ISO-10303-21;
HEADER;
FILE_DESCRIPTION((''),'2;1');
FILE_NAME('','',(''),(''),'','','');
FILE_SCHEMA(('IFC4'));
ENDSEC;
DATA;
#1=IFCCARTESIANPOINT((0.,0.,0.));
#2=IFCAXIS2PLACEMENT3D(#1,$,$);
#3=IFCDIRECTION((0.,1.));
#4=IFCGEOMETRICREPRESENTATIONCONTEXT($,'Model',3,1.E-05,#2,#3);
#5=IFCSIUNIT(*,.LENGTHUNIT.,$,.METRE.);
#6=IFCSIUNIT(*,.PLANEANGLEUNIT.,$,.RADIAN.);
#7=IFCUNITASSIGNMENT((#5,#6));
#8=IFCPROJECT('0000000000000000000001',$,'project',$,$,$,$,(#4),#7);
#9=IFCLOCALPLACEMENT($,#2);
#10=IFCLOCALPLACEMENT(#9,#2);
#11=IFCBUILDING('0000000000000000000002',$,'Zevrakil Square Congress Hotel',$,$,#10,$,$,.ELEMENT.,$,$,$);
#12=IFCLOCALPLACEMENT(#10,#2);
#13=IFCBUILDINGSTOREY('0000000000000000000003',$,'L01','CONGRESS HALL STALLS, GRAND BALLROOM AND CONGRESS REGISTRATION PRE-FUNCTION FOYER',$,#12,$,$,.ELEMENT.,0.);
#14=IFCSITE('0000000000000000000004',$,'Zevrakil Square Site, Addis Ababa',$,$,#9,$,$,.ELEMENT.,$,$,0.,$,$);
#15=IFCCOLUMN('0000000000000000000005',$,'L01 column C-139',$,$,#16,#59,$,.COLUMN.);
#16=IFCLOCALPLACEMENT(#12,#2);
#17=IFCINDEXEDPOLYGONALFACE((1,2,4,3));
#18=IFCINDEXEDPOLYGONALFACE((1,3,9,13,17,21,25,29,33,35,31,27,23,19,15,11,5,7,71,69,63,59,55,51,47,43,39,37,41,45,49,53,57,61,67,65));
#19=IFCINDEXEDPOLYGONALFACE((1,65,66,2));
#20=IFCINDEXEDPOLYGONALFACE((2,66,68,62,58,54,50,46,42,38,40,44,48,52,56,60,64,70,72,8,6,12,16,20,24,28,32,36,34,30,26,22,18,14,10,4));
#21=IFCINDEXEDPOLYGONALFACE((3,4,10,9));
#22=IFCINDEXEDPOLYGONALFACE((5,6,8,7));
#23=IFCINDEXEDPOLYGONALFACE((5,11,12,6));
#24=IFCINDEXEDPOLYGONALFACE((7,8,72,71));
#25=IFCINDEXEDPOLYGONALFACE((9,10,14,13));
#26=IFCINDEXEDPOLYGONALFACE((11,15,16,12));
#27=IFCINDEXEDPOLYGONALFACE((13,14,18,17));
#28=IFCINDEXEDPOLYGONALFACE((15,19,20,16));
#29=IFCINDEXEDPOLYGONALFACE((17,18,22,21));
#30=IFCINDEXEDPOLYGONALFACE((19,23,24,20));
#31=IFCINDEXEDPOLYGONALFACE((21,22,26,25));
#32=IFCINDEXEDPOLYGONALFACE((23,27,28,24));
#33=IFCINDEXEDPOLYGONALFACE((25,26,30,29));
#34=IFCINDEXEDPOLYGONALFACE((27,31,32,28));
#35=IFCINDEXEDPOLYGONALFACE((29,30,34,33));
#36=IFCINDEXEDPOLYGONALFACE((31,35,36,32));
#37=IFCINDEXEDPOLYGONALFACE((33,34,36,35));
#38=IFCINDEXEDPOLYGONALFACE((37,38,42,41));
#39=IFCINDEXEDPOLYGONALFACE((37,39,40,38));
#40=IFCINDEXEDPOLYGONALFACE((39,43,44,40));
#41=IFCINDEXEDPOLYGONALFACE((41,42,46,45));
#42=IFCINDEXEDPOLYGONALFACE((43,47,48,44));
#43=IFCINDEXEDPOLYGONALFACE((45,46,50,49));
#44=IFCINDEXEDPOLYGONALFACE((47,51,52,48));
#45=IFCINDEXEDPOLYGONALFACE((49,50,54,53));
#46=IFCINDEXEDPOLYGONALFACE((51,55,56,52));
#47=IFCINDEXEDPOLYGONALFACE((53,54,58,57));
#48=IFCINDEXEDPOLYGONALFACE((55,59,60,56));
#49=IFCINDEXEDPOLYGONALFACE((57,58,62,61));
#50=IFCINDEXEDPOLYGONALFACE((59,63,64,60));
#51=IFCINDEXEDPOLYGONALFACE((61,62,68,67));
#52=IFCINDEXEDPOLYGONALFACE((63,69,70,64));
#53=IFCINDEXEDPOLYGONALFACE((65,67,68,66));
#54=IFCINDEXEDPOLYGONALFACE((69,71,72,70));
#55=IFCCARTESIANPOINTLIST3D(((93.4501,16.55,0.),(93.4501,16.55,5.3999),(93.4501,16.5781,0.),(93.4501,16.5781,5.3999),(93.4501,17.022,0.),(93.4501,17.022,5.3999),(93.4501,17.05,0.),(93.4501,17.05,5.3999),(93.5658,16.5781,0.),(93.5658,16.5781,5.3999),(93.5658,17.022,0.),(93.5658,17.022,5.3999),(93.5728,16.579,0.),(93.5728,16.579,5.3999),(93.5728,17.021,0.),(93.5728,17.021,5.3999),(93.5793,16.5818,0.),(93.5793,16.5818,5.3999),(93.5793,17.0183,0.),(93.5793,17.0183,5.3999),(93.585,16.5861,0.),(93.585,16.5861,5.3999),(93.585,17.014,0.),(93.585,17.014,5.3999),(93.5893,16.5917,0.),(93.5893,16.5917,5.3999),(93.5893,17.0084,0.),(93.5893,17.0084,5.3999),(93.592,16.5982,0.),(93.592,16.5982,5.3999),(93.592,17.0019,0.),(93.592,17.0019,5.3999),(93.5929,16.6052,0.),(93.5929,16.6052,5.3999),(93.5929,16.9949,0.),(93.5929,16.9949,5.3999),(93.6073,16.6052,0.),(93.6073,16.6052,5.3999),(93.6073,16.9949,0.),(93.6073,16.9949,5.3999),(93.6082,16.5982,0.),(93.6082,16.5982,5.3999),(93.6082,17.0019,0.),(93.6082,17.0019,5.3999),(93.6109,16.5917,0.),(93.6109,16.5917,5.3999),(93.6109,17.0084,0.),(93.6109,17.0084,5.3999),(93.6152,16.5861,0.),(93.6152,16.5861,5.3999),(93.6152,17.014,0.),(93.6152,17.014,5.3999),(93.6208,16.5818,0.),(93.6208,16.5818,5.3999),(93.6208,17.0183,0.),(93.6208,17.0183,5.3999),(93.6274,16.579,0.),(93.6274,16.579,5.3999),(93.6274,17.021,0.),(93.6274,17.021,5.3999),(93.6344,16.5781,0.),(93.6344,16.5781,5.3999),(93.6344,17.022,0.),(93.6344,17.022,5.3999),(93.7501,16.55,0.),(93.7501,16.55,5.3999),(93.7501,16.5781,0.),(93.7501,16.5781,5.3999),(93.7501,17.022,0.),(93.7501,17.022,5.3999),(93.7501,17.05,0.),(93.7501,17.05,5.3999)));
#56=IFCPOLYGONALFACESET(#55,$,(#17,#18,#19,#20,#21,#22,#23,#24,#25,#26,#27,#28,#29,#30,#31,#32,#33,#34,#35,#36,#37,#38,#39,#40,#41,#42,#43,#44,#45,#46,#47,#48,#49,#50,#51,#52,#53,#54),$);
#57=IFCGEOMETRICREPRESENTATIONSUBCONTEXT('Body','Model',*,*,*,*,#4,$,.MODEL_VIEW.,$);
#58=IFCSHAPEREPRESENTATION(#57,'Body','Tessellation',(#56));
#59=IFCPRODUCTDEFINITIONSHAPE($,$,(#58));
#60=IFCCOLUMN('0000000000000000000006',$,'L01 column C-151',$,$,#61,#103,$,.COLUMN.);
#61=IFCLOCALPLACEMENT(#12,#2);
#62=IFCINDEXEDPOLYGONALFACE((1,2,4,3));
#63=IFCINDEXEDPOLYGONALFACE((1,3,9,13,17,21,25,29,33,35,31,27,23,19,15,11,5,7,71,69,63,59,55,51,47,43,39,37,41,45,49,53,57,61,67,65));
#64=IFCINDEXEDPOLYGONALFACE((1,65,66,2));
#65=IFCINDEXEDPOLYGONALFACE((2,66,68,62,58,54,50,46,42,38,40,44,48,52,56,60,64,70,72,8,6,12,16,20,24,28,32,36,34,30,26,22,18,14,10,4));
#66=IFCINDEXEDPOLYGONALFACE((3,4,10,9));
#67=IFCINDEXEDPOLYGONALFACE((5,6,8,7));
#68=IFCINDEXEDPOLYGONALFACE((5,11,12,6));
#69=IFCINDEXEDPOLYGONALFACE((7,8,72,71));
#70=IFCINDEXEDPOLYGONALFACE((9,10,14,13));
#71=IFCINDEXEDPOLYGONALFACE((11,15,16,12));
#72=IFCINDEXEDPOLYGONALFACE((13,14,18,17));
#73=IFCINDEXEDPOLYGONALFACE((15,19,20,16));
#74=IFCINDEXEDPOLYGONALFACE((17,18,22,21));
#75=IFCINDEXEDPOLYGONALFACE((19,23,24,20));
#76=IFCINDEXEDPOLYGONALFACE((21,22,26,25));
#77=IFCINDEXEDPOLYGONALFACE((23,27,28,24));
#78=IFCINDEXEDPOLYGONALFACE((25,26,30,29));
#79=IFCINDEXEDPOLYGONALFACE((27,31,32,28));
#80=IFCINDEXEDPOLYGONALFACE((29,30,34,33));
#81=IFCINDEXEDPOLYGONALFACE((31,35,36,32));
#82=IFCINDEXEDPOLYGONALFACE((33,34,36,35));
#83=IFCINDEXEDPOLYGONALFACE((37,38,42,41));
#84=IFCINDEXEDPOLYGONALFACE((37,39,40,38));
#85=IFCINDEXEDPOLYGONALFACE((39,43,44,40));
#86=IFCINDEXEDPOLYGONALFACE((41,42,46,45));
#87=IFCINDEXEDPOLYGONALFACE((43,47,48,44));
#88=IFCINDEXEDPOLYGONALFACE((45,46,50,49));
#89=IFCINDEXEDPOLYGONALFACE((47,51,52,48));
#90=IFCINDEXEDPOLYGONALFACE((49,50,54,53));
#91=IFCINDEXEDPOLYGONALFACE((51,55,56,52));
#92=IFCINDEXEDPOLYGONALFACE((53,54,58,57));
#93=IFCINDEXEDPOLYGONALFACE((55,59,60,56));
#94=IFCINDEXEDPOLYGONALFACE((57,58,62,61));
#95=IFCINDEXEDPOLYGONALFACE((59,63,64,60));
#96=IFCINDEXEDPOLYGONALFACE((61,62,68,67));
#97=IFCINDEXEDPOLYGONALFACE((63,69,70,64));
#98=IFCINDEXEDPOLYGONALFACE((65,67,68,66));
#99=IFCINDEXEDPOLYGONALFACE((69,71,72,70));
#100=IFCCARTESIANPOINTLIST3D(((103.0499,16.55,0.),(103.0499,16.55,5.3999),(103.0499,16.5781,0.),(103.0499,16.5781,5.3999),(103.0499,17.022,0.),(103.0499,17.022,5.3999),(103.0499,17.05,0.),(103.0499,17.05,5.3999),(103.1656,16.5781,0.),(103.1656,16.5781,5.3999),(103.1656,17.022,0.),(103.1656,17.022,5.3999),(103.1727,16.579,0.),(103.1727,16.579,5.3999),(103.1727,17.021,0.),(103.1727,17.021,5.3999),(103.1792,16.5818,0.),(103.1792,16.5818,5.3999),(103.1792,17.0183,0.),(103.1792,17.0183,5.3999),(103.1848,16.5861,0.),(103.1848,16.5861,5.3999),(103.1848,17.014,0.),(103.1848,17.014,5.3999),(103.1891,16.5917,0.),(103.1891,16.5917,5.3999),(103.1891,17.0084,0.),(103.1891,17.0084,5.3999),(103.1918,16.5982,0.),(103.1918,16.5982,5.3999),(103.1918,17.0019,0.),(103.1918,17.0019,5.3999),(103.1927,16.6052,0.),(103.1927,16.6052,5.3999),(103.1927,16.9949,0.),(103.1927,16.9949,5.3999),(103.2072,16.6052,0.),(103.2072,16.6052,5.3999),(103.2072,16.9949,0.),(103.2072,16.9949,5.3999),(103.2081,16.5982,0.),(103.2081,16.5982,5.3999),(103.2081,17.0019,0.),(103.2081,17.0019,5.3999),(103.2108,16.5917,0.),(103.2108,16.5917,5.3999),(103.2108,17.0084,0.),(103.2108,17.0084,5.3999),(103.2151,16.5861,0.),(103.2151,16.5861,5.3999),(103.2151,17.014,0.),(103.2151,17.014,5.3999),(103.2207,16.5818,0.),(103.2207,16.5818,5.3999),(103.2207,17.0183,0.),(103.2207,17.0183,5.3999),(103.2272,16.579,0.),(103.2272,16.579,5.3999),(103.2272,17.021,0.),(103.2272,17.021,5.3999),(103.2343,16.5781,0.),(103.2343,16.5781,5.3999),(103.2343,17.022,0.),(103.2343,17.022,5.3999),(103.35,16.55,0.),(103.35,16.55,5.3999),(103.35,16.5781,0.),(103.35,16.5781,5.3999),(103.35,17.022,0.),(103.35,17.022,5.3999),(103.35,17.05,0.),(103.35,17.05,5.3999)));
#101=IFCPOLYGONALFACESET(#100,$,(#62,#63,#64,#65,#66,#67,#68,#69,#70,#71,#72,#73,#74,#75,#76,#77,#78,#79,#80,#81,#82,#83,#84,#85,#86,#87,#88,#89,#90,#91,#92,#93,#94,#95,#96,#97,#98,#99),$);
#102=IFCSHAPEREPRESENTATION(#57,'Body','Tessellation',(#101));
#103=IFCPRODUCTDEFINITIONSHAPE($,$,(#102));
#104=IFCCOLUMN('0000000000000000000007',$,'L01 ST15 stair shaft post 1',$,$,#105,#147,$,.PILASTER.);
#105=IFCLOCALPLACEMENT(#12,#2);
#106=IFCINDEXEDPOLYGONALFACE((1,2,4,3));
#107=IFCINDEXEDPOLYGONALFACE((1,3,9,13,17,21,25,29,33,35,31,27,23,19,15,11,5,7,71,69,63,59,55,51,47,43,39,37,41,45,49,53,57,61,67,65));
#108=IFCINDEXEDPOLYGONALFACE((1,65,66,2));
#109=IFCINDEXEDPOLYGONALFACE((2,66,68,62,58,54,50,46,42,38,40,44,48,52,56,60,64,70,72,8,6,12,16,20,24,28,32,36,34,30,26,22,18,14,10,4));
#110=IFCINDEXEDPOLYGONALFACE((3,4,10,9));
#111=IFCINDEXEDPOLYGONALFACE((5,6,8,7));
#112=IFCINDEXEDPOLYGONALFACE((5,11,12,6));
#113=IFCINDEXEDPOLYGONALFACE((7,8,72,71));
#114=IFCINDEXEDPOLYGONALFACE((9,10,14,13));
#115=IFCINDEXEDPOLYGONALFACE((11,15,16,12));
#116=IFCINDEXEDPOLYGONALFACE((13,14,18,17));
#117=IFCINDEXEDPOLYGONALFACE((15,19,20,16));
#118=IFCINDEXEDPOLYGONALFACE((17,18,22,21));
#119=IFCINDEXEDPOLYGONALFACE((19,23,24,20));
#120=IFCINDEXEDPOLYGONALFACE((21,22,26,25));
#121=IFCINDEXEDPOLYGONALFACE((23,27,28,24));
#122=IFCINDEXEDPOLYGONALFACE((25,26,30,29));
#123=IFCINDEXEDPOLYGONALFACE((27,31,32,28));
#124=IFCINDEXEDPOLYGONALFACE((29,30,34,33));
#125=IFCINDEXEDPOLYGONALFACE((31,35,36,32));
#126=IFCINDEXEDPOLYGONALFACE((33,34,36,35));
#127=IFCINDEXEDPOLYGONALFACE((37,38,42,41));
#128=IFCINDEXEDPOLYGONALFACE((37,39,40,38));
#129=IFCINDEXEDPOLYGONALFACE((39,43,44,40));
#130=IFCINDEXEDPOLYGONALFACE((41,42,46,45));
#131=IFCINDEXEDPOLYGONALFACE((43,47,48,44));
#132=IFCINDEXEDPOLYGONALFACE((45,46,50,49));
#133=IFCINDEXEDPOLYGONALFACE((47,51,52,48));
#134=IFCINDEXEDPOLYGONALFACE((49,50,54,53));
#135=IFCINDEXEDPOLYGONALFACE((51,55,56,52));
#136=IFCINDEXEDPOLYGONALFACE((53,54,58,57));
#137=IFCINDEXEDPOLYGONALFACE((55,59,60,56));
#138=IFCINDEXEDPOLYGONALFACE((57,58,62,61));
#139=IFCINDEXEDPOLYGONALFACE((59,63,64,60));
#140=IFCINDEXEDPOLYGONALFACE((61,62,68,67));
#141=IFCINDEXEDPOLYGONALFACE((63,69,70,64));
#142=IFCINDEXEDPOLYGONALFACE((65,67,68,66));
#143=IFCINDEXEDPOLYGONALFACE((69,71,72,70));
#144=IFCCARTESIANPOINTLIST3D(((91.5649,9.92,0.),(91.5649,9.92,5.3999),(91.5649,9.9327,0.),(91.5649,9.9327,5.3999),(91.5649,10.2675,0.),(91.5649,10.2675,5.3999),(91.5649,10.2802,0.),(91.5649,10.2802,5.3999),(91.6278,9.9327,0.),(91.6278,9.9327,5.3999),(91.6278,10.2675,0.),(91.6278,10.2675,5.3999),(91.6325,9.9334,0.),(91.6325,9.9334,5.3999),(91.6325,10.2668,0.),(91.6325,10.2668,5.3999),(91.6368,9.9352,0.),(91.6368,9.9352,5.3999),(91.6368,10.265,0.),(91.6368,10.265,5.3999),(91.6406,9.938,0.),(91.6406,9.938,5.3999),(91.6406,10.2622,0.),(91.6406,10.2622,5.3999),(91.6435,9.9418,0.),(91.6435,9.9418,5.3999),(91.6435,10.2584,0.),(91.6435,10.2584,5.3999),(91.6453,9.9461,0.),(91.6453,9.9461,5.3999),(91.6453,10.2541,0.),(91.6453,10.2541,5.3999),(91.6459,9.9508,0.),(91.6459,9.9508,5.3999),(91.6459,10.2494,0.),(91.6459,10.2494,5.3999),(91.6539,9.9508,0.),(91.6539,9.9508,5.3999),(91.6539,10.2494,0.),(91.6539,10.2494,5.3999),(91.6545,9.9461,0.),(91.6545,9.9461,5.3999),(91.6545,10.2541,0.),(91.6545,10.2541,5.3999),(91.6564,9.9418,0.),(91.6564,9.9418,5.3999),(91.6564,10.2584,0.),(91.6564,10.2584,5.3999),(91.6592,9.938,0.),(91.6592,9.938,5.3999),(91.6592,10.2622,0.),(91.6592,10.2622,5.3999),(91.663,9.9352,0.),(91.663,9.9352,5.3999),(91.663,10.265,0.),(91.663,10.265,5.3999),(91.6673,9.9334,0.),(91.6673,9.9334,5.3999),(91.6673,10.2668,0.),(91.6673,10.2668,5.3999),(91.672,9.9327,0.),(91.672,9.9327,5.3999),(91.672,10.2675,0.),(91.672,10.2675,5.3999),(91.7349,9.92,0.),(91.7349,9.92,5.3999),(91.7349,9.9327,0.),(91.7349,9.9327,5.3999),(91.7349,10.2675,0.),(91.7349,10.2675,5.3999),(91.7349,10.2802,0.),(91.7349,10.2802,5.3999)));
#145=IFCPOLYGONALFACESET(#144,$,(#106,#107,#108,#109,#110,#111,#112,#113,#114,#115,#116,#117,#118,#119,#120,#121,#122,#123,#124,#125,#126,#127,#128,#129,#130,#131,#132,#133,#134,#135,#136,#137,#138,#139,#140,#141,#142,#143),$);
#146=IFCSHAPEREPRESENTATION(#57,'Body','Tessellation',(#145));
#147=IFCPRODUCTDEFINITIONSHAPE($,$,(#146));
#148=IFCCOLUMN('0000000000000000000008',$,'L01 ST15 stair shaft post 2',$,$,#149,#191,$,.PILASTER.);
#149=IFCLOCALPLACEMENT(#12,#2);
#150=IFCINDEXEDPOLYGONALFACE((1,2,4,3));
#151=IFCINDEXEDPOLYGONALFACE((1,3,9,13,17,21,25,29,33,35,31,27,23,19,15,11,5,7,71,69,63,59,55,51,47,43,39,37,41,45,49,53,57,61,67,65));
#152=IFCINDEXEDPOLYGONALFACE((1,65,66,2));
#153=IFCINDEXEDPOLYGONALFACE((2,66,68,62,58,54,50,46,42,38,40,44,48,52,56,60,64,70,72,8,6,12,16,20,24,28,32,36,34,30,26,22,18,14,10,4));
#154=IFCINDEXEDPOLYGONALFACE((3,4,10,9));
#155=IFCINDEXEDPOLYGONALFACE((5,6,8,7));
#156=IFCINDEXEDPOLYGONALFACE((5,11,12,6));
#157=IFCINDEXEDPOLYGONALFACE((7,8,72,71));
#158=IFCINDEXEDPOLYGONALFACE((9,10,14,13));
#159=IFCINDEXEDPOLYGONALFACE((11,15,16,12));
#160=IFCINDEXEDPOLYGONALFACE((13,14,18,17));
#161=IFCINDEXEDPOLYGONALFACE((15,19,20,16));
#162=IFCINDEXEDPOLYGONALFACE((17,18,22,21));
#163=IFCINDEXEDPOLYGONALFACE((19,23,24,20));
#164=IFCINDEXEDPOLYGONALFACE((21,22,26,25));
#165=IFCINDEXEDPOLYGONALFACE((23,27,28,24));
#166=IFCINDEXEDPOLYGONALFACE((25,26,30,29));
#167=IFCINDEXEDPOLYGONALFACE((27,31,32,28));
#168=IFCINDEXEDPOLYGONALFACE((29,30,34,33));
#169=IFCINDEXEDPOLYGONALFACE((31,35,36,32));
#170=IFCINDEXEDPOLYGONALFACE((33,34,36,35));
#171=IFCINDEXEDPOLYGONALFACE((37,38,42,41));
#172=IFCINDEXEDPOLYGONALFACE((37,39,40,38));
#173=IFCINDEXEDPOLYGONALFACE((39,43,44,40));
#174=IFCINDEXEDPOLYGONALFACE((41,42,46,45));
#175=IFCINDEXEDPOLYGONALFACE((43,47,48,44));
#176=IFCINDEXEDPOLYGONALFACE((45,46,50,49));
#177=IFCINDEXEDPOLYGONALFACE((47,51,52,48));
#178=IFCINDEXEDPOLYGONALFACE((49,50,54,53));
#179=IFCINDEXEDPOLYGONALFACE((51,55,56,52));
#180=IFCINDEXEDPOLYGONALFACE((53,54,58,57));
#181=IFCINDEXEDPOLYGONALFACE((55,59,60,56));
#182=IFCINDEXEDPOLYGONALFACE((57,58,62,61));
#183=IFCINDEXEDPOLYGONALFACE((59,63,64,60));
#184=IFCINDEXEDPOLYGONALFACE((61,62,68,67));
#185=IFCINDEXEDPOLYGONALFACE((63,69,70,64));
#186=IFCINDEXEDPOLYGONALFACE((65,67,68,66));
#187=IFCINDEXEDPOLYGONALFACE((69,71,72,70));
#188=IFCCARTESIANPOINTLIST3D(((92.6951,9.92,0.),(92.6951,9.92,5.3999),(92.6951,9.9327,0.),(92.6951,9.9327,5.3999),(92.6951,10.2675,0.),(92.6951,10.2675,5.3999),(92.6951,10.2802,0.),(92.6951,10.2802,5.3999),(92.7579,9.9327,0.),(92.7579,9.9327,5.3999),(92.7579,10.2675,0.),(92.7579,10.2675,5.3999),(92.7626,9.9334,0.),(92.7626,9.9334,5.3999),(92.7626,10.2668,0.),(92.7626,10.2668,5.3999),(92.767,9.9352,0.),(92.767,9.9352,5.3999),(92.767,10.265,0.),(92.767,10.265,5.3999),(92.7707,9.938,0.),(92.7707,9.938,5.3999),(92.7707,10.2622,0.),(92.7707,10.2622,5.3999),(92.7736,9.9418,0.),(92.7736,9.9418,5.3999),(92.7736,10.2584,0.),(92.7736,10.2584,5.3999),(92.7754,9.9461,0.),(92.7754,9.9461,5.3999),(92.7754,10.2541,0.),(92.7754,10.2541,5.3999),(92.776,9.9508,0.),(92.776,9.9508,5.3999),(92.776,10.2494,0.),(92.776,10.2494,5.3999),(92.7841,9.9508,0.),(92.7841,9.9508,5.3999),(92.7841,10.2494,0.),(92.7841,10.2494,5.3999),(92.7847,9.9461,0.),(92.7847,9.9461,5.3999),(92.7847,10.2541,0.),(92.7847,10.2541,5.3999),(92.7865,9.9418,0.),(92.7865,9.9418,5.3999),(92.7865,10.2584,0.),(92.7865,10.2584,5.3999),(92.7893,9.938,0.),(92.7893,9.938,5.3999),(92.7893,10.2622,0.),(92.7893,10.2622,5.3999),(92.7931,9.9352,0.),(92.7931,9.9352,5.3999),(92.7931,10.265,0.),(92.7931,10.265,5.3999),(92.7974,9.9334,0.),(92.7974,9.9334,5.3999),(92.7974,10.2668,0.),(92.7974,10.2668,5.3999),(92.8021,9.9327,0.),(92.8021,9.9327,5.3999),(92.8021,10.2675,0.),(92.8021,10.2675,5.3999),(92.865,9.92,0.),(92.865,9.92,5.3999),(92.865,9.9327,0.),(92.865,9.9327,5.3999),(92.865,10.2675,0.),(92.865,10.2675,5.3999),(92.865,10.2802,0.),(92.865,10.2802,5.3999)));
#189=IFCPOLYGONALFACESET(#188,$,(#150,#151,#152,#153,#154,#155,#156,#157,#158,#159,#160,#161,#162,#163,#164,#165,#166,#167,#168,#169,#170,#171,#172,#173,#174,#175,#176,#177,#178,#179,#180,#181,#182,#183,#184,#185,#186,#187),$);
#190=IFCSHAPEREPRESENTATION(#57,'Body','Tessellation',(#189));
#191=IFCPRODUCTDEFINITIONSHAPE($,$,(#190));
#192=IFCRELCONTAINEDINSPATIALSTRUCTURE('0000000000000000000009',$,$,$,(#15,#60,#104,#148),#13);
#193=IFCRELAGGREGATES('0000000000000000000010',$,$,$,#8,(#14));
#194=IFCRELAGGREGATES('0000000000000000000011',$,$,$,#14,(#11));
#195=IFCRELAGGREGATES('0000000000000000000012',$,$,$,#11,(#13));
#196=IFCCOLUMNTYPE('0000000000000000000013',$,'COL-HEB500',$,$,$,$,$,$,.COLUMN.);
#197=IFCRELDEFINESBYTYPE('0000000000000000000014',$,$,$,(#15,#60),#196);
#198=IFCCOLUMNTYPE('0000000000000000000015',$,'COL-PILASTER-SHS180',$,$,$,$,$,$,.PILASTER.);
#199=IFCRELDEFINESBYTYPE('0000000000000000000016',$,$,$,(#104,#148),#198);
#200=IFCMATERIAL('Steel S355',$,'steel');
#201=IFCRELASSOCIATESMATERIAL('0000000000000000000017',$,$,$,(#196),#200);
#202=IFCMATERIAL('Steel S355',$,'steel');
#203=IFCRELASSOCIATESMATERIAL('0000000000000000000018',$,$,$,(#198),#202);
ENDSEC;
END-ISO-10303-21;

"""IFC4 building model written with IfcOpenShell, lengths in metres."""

from ifc_helpers import new_model, si_unit, direction, frame, origin, origin_2d, place, context, subcontext, project, spatial, i_section, extrude, material, material_profile, profile_set, type_object, element, save


model = new_model("IFC4")

# Units and contexts
model_context = context("Model", 3, precision=1e-05, world=origin(), true_north=direction((0.0, 1.0)))
body_context = subcontext(model_context, "Body", "Model", "MODEL_VIEW")
ifc_project = project(units=[si_unit("LENGTHUNIT", "METRE"), si_unit("PLANEANGLEUNIT", "RADIAN")], contexts=[model_context])

# Site, building, storey
site_placement = place(None, origin())
site = spatial("IfcSite", under=ifc_project, at=site_placement, Name="Zevrakil Square Site, Addis Ababa", CompositionType="ELEMENT", RefElevation=0.0)
building_placement = place(site_placement, origin())
building = spatial("IfcBuilding", under=site, at=building_placement, Name="Zevrakil Square Congress Hotel", CompositionType="ELEMENT")
storey_placement = place(building_placement, origin())
storey = spatial("IfcBuildingStorey", under=building, at=storey_placement, Name="L01", Description="CONGRESS HALL STALLS, GRAND BALLROOM AND CONGRESS REGISTRATION PRE-FUNCTION FOYER", CompositionType="ELEMENT", Elevation=0.0)

# Columns
ifc_material_1 = material(Name="Steel S355", Category="steel")
ifc_material_profile_1 = material_profile(ifc_material_1, i_section(OverallWidth=0.3, OverallDepth=0.5, WebThickness=0.0144, FlangeThickness=0.0281, FilletRadius=0.0271, at=origin_2d()), Name="HEB 500")
ifc_profile_set_1 = profile_set([ifc_material_profile_1], Name="Steel S355")
column_type_1 = type_object("IfcColumnType", Name="COL-HEB500", PredefinedType="COLUMN", material=ifc_profile_set_1)
for number, where, z_axis, x_axis, name in (
    (1, (93.6001, 16.8, 0.0), (0.0, 0.0, 1.0), (1.0, 0.0, 0.0), "L01 column C-139"),
    (2, (103.2, 16.8, 0.0), (0.0, 0.0, 1.0), (1.0, 0.0, 0.0), "L01 column C-151"),
):
    element("IfcColumn", number, at=place(storey_placement, frame(where, z_axis=z_axis, x_axis=x_axis)), inside=storey, type_object=column_type_1, Name=name, PredefinedType="COLUMN", context=body_context, shape_type="SweptSolid", body=[
        extrude(i_section(OverallWidth=0.3, OverallDepth=0.5, WebThickness=0.0144, FlangeThickness=0.0281, FilletRadius=0.0271, at=origin_2d()), origin(), (0.0, 0.0, 1.0), 5.3999),
    ])
ifc_material_2 = material(Name="Steel S355", Category="steel")
ifc_material_profile_2 = material_profile(ifc_material_2, i_section(OverallWidth=0.1699, OverallDepth=0.3601, WebThickness=0.0081, FlangeThickness=0.0127, FilletRadius=0.0181, at=origin_2d()), Name="IPE 360")
ifc_profile_set_2 = profile_set([ifc_material_profile_2], Name="Steel S355")
column_type_2 = type_object("IfcColumnType", Name="COL-PILASTER-SHS180", PredefinedType="PILASTER", material=ifc_profile_set_2)
for number, where, z_axis, x_axis, name in (
    (3, (91.6499, 10.1001, 0.0), (0.0, 0.0, 1.0), (1.0, 0.0, 0.0), "L01 ST15 stair shaft post 1"),
    (4, (92.78, 10.1001, 0.0), (0.0, 0.0, 1.0), (1.0, 0.0, 0.0), "L01 ST15 stair shaft post 2"),
):
    element("IfcColumn", number, at=place(storey_placement, frame(where, z_axis=z_axis, x_axis=x_axis)), inside=storey, type_object=column_type_2, Name=name, PredefinedType="PILASTER", context=body_context, shape_type="SweptSolid", body=[
        extrude(i_section(OverallWidth=0.1699, OverallDepth=0.3601, WebThickness=0.0081, FlangeThickness=0.0127, FilletRadius=0.0181, at=origin_2d()), origin(), (0.0, 0.0, 1.0), 5.3999),
    ])

save(model, "model.ifc")
